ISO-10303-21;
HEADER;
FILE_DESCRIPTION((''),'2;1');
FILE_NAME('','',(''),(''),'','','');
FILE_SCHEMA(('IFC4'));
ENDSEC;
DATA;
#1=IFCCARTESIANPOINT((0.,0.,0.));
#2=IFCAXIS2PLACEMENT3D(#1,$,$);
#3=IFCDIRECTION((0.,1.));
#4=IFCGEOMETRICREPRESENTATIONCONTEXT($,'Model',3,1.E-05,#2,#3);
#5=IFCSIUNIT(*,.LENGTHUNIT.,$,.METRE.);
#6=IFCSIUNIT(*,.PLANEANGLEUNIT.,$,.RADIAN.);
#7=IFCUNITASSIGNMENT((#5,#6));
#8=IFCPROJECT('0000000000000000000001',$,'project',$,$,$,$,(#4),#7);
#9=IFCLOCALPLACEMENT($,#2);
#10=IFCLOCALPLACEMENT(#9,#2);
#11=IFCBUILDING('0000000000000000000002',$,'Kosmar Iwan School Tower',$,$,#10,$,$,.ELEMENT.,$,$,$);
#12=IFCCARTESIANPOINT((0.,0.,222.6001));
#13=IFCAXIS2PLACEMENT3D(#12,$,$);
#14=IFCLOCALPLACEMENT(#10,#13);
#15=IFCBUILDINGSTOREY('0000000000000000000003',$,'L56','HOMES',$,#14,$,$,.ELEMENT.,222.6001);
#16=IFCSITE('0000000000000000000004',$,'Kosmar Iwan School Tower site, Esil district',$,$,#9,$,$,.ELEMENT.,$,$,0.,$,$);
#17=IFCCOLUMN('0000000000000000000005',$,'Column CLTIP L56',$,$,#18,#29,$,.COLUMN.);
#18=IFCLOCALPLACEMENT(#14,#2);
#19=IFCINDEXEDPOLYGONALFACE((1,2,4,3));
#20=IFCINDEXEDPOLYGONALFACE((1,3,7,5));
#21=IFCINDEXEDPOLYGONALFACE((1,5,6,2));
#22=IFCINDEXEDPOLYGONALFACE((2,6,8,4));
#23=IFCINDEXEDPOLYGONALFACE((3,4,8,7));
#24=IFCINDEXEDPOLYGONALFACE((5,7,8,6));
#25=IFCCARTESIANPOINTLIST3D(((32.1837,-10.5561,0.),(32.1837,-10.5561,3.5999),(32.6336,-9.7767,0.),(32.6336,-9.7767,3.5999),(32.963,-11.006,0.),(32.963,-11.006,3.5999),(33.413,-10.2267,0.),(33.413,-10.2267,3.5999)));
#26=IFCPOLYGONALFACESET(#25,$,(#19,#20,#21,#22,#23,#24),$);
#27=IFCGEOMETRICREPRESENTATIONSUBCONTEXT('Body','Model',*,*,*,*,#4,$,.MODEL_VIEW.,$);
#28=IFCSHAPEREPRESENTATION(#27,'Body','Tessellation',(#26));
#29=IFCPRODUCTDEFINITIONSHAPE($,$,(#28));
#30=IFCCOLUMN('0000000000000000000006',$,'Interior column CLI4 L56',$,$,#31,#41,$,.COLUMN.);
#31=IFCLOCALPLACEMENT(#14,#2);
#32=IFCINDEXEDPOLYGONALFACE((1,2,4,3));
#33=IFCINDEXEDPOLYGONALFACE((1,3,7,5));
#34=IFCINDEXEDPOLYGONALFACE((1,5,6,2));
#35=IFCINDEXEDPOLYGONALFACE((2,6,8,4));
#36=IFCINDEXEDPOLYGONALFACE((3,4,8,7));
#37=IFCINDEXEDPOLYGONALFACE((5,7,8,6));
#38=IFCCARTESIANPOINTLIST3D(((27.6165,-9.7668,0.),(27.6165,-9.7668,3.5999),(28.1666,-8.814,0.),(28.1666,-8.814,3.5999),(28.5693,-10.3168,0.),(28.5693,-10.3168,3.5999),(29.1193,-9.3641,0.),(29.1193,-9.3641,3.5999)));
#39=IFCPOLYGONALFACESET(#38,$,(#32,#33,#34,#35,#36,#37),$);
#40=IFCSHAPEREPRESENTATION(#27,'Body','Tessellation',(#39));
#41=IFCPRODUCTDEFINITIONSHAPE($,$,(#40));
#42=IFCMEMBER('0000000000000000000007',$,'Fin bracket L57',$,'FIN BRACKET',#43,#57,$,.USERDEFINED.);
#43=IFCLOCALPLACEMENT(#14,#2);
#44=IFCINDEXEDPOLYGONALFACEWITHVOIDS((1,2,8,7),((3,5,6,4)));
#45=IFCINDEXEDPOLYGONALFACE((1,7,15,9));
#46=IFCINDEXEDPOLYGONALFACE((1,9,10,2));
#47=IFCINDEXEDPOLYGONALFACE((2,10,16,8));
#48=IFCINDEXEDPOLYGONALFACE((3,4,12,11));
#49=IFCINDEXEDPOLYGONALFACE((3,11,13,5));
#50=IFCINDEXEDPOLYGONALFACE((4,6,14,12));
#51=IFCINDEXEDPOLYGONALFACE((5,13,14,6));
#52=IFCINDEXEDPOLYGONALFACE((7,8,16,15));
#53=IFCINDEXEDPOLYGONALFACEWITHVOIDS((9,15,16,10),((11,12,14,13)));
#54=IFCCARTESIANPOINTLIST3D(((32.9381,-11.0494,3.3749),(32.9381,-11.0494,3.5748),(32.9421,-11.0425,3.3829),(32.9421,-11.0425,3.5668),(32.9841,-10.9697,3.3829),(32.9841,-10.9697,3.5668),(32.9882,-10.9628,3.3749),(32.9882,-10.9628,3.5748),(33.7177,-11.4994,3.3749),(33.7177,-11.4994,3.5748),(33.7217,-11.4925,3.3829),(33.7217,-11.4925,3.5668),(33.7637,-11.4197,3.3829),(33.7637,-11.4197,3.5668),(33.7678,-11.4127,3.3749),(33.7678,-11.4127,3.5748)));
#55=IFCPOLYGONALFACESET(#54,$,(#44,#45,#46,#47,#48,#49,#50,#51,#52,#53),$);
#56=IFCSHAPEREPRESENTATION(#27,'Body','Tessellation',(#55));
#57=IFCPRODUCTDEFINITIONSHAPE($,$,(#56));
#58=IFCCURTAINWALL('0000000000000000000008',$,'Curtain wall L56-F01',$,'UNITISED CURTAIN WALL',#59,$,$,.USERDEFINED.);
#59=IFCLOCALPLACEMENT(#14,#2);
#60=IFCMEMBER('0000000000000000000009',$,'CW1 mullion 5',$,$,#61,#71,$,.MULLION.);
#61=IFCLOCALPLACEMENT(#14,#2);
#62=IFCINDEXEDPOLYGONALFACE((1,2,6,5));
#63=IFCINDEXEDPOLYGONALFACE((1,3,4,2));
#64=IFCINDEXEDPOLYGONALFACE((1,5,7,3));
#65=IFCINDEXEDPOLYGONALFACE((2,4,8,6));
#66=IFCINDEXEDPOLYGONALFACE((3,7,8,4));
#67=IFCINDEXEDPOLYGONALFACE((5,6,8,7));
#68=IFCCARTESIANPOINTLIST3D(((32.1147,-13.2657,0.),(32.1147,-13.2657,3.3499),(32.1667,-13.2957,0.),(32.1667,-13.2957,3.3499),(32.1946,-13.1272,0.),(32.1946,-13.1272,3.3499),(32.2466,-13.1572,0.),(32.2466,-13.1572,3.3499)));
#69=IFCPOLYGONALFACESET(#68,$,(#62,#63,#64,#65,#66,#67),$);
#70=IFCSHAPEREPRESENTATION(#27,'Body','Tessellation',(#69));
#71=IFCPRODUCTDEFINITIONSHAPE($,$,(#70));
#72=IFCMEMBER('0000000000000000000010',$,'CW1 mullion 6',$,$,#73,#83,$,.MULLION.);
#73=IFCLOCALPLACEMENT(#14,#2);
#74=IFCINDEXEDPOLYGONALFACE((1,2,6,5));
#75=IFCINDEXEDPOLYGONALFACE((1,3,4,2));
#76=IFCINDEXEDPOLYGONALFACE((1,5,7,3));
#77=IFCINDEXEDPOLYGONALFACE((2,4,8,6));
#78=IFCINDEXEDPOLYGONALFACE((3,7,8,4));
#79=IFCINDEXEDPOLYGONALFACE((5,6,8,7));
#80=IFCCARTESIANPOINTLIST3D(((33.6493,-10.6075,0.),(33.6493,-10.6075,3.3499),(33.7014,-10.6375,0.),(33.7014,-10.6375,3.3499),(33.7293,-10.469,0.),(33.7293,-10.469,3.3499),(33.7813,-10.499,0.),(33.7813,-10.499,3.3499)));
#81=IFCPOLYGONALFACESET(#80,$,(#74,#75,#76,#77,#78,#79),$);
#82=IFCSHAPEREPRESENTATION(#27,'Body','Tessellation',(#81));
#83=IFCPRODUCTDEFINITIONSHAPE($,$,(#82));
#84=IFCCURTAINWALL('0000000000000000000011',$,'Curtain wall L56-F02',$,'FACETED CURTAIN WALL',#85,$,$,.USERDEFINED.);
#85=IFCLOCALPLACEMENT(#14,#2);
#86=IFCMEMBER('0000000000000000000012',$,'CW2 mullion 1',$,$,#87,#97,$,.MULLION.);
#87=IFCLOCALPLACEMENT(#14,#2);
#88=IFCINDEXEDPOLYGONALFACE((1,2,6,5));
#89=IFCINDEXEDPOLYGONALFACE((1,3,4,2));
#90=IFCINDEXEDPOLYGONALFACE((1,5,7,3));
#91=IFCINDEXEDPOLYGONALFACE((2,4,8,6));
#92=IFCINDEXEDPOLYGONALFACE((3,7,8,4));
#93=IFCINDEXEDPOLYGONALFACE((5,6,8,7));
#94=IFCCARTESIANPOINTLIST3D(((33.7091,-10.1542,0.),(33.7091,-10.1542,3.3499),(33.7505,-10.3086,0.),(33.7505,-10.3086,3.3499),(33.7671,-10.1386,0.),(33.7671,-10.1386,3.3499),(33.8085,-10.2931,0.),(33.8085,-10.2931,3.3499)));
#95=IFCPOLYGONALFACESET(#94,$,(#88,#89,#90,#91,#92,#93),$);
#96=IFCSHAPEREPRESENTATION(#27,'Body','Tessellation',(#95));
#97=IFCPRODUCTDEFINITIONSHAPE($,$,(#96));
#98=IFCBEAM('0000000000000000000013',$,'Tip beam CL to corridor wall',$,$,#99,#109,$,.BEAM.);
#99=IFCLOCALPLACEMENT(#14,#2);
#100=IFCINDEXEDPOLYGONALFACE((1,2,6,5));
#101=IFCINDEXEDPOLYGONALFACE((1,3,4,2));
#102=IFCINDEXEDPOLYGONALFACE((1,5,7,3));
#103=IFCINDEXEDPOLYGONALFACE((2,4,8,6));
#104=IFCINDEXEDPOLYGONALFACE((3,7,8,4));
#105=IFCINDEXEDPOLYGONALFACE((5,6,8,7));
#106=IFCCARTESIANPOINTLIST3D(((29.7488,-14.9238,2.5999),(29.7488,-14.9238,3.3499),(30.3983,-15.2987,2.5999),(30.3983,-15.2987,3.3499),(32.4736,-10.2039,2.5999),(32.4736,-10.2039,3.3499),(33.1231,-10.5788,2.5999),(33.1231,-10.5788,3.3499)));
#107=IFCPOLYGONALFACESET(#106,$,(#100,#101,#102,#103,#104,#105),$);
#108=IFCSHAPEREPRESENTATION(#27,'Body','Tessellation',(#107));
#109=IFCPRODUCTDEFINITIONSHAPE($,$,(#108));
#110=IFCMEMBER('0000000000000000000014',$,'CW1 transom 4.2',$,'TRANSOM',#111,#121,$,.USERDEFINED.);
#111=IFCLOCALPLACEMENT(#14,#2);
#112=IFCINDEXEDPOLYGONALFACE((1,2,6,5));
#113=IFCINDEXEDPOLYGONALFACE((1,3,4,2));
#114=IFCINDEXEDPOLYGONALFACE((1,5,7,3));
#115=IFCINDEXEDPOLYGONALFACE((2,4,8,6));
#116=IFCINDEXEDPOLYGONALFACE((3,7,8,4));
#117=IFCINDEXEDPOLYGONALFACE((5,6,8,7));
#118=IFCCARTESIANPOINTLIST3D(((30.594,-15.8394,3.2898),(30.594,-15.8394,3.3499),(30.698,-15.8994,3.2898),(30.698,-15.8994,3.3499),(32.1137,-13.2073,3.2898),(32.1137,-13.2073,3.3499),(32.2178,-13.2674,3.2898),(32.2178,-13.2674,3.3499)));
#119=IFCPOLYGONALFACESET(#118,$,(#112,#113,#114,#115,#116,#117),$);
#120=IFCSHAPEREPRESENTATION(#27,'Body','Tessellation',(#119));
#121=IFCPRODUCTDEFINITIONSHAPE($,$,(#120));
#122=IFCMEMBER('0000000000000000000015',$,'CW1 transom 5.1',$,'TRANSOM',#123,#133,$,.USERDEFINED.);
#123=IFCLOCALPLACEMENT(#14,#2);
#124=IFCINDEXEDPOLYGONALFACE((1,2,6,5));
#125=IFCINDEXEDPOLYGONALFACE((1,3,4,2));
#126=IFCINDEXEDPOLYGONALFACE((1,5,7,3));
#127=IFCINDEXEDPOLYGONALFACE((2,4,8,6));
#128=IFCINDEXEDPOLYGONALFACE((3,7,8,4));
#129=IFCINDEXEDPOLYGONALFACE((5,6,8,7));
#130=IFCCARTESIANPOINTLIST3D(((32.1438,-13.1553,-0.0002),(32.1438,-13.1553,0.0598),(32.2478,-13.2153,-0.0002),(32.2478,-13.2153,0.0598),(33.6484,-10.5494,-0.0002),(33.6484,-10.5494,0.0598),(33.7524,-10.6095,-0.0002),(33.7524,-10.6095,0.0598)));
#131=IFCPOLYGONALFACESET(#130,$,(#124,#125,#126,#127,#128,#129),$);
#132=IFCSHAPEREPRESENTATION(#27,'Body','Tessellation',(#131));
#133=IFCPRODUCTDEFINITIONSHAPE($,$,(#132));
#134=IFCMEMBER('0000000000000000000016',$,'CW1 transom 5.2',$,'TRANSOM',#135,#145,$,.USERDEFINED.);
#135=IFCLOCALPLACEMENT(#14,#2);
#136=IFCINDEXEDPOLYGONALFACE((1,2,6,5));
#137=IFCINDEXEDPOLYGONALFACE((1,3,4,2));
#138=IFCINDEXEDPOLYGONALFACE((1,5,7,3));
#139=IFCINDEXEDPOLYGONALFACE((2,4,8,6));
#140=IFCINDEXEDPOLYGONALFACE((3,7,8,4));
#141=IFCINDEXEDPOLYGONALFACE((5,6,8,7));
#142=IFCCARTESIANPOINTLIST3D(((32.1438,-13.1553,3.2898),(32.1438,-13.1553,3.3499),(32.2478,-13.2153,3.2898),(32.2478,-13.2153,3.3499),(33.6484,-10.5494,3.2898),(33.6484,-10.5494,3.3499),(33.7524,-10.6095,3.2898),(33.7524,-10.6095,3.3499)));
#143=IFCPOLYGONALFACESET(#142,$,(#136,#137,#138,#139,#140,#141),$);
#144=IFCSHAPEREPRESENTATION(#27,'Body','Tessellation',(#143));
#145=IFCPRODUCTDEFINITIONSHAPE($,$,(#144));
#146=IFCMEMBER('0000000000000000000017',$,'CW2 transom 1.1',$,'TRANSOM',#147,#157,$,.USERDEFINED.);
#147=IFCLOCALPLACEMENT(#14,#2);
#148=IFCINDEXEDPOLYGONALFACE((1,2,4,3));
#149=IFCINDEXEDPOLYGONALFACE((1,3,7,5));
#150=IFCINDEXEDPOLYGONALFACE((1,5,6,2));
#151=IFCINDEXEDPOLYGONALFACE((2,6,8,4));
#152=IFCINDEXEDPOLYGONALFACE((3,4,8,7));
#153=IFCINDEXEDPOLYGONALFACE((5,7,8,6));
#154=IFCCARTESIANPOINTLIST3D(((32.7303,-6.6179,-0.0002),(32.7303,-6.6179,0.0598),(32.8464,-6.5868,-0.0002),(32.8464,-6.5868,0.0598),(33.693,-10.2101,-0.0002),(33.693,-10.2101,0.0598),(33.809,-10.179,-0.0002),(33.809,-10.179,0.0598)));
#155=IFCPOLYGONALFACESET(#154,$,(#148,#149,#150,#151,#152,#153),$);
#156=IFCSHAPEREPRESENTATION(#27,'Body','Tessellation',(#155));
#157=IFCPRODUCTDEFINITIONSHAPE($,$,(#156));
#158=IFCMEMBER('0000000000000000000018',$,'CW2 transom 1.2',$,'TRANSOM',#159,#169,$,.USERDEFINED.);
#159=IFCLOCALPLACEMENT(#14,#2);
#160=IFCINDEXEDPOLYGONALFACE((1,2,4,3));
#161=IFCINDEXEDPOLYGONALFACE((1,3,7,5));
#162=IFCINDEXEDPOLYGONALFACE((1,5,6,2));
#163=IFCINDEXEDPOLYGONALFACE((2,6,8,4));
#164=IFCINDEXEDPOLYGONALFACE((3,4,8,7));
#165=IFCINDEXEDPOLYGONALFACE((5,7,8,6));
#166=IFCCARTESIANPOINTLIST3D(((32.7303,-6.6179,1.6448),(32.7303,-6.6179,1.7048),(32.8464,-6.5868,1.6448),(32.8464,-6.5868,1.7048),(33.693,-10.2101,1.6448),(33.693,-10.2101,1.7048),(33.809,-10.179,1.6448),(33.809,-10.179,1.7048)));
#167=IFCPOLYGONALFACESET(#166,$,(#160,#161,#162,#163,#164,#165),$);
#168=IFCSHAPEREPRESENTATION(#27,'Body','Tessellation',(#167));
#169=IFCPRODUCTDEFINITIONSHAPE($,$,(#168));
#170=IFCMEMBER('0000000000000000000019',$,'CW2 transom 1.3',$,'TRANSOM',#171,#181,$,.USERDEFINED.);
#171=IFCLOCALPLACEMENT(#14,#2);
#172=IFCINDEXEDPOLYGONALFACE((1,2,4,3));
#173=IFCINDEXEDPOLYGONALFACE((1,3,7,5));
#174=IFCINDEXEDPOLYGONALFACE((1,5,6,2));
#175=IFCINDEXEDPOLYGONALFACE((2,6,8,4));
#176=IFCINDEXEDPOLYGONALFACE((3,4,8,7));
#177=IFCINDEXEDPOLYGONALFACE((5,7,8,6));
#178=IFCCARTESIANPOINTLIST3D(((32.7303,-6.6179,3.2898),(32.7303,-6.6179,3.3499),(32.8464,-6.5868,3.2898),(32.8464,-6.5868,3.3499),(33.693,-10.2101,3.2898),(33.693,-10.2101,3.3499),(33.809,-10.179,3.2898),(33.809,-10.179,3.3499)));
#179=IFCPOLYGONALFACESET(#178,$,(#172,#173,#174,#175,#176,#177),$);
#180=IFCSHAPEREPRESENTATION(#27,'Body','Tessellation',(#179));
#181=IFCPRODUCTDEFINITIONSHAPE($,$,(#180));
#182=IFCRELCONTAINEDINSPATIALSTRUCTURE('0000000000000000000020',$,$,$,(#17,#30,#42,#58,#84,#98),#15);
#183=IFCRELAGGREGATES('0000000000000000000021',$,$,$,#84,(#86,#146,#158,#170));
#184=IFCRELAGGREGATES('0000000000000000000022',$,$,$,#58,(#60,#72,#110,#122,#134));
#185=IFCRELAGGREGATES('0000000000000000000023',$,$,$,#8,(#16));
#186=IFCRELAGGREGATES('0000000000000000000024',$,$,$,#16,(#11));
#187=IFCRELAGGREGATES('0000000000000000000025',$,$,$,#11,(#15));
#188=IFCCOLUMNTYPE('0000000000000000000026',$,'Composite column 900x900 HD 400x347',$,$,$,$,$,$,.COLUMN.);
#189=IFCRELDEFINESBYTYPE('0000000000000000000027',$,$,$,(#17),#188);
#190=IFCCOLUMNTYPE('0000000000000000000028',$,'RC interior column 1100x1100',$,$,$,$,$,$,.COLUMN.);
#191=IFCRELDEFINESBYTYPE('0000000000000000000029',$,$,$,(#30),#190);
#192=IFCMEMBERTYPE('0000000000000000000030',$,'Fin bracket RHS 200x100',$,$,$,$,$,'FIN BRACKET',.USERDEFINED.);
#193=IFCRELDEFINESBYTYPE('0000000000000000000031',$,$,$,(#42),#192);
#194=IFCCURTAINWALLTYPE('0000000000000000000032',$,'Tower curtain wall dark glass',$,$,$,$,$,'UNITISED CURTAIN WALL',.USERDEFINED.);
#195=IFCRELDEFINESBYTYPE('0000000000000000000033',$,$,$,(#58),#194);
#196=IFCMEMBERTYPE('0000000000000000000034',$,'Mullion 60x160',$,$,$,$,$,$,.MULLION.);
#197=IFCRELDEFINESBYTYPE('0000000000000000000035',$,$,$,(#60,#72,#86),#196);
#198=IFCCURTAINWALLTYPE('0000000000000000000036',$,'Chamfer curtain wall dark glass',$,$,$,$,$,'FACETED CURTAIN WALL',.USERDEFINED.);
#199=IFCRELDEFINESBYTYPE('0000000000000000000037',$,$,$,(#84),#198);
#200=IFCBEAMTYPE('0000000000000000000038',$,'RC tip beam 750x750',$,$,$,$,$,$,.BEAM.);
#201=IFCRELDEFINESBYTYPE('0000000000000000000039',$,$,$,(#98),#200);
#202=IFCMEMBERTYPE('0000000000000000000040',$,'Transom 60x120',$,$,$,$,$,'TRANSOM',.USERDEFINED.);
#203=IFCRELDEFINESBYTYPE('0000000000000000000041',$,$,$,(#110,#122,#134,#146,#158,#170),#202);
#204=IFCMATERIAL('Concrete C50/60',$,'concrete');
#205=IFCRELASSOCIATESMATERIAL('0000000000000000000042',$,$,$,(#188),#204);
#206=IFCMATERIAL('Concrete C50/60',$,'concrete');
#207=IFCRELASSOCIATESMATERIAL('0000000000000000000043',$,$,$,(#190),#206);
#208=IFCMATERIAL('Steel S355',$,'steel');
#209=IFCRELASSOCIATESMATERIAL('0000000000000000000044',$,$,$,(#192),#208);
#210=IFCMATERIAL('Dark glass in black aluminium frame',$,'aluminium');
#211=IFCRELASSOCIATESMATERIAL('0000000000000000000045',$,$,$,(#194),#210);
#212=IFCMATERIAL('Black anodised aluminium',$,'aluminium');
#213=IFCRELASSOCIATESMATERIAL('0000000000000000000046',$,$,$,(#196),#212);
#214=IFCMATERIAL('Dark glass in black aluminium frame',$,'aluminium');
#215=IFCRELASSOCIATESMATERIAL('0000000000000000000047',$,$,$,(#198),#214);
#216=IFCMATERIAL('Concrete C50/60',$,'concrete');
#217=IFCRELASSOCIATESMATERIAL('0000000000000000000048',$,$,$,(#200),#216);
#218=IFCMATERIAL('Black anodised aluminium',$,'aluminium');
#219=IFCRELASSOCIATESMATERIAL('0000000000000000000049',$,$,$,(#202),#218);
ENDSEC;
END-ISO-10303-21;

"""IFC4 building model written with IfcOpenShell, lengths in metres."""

from ifc_helpers import new_model, si_unit, direction, frame, origin, origin_2d, place, context, subcontext, project, spatial, rectangle, hollow_rectangle, extrude, material, material_profile, profile_set, type_object, element, aggregate, save


model = new_model("IFC4")

# Units and contexts
model_context = context("Model", 3, precision=1e-05, world=origin(), true_north=direction((0.0, 1.0)))
body_context = subcontext(model_context, "Body", "Model", "MODEL_VIEW")
ifc_project = project(units=[si_unit("LENGTHUNIT", "METRE"), si_unit("PLANEANGLEUNIT", "RADIAN")], contexts=[model_context])

# Site, building, storey
site_placement = place(None, origin())
site = spatial("IfcSite", under=ifc_project, at=site_placement, Name="Kosmar Iwan School Tower site, Esil district", CompositionType="ELEMENT", RefElevation=0.0)
building_placement = place(site_placement, origin())
building = spatial("IfcBuilding", under=site, at=building_placement, Name="Kosmar Iwan School Tower", CompositionType="ELEMENT")
storey_placement = place(building_placement, frame((0.0, 0.0, 222.6001)))
storey = spatial("IfcBuildingStorey", under=building, at=storey_placement, Name="L56", Description="HOMES", CompositionType="ELEMENT", Elevation=222.6001)

# Columns
ifc_material_1 = material(Name="Concrete C50/60", Category="concrete")
ifc_material_profile_1 = material_profile(ifc_material_1, rectangle(XDim=0.8999, YDim=0.8999, at=origin_2d()), Name="RC 900x900 + HD 400x347")
ifc_profile_set_1 = profile_set([ifc_material_profile_1], Name="Concrete C50/60")
column_type_1 = type_object("IfcColumnType", Name="Composite column 900x900 HD 400x347", PredefinedType="COLUMN", material=ifc_profile_set_1)
column_1_placement = place(storey_placement, frame((32.7983, -10.3914, 0.0), z_axis=(0.0, 0.0, 1.0), x_axis=(0.866025, -0.5, 0.0)))
element("IfcColumn", 1, at=column_1_placement, inside=storey, type_object=column_type_1, Name="Column CLTIP L56", PredefinedType="COLUMN", context=body_context, shape_type="SweptSolid", body=[
    extrude(rectangle(XDim=0.8999, YDim=0.8999, at=origin_2d()), origin(), (0.0, 0.0, 1.0), 3.5999),
])
ifc_material_2 = material(Name="Concrete C50/60", Category="concrete")
ifc_material_profile_2 = material_profile(ifc_material_2, rectangle(XDim=1.1001, YDim=1.1001, at=origin_2d()), Name="RC 1100x1100")
ifc_profile_set_2 = profile_set([ifc_material_profile_2], Name="Concrete C50/60")
column_type_2 = type_object("IfcColumnType", Name="RC interior column 1100x1100", PredefinedType="COLUMN", material=ifc_profile_set_2)
column_2_placement = place(storey_placement, frame((28.3679, -9.5654, 0.0), z_axis=(0.0, 0.0, 1.0), x_axis=(0.866025, -0.5, 0.0)))
element("IfcColumn", 2, at=column_2_placement, inside=storey, type_object=column_type_2, Name="Interior column CLI4 L56", PredefinedType="COLUMN", context=body_context, shape_type="SweptSolid", body=[
    extrude(rectangle(XDim=1.1001, YDim=1.1001, at=origin_2d()), origin(), (0.0, 0.0, 1.0), 3.5999),
])

# Member
ifc_material_3 = material(Name="Steel S355", Category="steel")
ifc_material_profile_3 = material_profile(ifc_material_3, hollow_rectangle(XDim=0.1001, YDim=0.2, WallThickness=0.0081, at=origin_2d()), Name="RHS 200x100x8")
ifc_profile_set_3 = profile_set([ifc_material_profile_3], Name="Steel S355")
member_type_1 = type_object("IfcMemberType", Name="Fin bracket RHS 200x100", ElementType="FIN BRACKET", PredefinedType="USERDEFINED", material=ifc_profile_set_3)
member_1_placement = place(storey_placement, frame((32.9631, -11.0061, 3.4749), z_axis=(0.866082, -0.499902, 0.0), x_axis=(0.499902, 0.866082, 0.0)))
element("IfcMember", 3, at=member_1_placement, inside=storey, type_object=member_type_1, Name="Fin bracket L57", ObjectType="FIN BRACKET", PredefinedType="USERDEFINED", context=body_context, shape_type="SweptSolid", body=[
    extrude(hollow_rectangle(XDim=0.1001, YDim=0.2, WallThickness=0.0081, at=origin_2d()), origin(), (0.0, 0.0, 1.0), 0.9001),
])

# Curtain wall, members
ifc_material_4 = material(Name="Dark glass in black aluminium frame", Category="aluminium")
curtain_wall_type_1 = type_object("IfcCurtainWallType", Name="Tower curtain wall dark glass", ElementType="UNITISED CURTAIN WALL", PredefinedType="USERDEFINED", material=ifc_material_4)
curtain_wall_1_placement = place(storey_placement, origin())
curtain_wall_1 = element("IfcCurtainWall", 4, at=curtain_wall_1_placement, inside=storey, type_object=curtain_wall_type_1, Name="Curtain wall L56-F01", ObjectType="UNITISED CURTAIN WALL", PredefinedType="USERDEFINED")
ifc_material_5 = material(Name="Black anodised aluminium", Category="aluminium")
ifc_material_profile_4 = material_profile(ifc_material_5, rectangle(XDim=0.0601, YDim=0.1599, at=origin_2d()), Name="MULLION 60x160")
ifc_profile_set_4 = profile_set([ifc_material_profile_4], Name="Black anodised aluminium")
member_type_2 = type_object("IfcMemberType", Name="Mullion 60x160", PredefinedType="MULLION", material=ifc_profile_set_4)
member_2_placement = place(storey_placement, frame((32.1807, -13.2114, 0.0), z_axis=(0.0, 0.0, 1.0), x_axis=(-0.866025, 0.5, 0.0)))
member_2 = element("IfcMember", 5, at=member_2_placement, type_object=member_type_2, Name="CW1 mullion 5", PredefinedType="MULLION", context=body_context, shape_type="SweptSolid", body=[
    extrude(rectangle(XDim=0.0601, YDim=0.1599, at=origin_2d()), origin(), (0.0, 0.0, 1.0), 3.3499),
])
member_3_placement = place(storey_placement, frame((33.7153, -10.5532, 0.0), z_axis=(0.0, 0.0, 1.0), x_axis=(-0.866025, 0.5, 0.0)))
member_3 = element("IfcMember", 6, at=member_3_placement, type_object=member_type_2, Name="CW1 mullion 6", PredefinedType="MULLION", context=body_context, shape_type="SweptSolid", body=[
    extrude(rectangle(XDim=0.0601, YDim=0.1599, at=origin_2d()), origin(), (0.0, 0.0, 1.0), 3.3499),
])

# Curtain wall, member
ifc_material_6 = material(Name="Dark glass in black aluminium frame", Category="aluminium")
curtain_wall_type_2 = type_object("IfcCurtainWallType", Name="Chamfer curtain wall dark glass", ElementType="FACETED CURTAIN WALL", PredefinedType="USERDEFINED", material=ifc_material_6)
curtain_wall_2_placement = place(storey_placement, origin())
curtain_wall_2 = element("IfcCurtainWall", 7, at=curtain_wall_2_placement, inside=storey, type_object=curtain_wall_type_2, Name="Curtain wall L56-F02", ObjectType="FACETED CURTAIN WALL", PredefinedType="USERDEFINED")
member_4_placement = place(storey_placement, frame((33.7588, -10.2236, 0.0), z_axis=(0.0, 0.0, 1.0), x_axis=(-0.965926, -0.258819, 0.0)))
member_4 = element("IfcMember", 8, at=member_4_placement, type_object=member_type_2, Name="CW2 mullion 1", PredefinedType="MULLION", context=body_context, shape_type="SweptSolid", body=[
    extrude(rectangle(XDim=0.0601, YDim=0.1599, at=origin_2d()), origin(), (0.0, 0.0, 1.0), 3.3499),
])

# Beam
ifc_material_7 = material(Name="Concrete C50/60", Category="concrete")
ifc_material_profile_5 = material_profile(ifc_material_7, rectangle(XDim=0.75, YDim=0.75, at=origin_2d()), Name="RC 750x750")
ifc_profile_set_5 = profile_set([ifc_material_profile_5], Name="Concrete C50/60")
beam_type = type_object("IfcBeamType", Name="RC tip beam 750x750", PredefinedType="BEAM", material=ifc_profile_set_5)
beam_placement = place(storey_placement, frame((32.7983, -10.3914, 2.9749), z_axis=(-0.499969, -0.866043, 0.0), x_axis=(0.866043, -0.499969, 0.0)))
element("IfcBeam", 9, at=beam_placement, inside=storey, type_object=beam_type, Name="Tip beam CL to corridor wall", PredefinedType="BEAM", context=body_context, shape_type="SweptSolid", body=[
    extrude(rectangle(XDim=0.75, YDim=0.75, at=origin_2d()), origin(), (0.0, 0.0, 1.0), 5.45),
])

# Members
ifc_material_8 = material(Name="Black anodised aluminium", Category="aluminium")
ifc_material_profile_6 = material_profile(ifc_material_8, rectangle(XDim=0.1201, YDim=0.0601, at=origin_2d()), Name="TRANSOM 60x120")
ifc_profile_set_6 = profile_set([ifc_material_profile_6], Name="Black anodised aluminium")
member_type_3 = type_object("IfcMemberType", Name="Transom 60x120", ElementType="TRANSOM", PredefinedType="USERDEFINED", material=ifc_profile_set_6)
member_5_placement = place(storey_placement, frame((30.646, -15.8694, 3.3198), z_axis=(0.500035, 0.866005, 0.0), x_axis=(-0.866005, 0.500035, 0.0)))
member_5 = element("IfcMember", 10, at=member_5_placement, type_object=member_type_3, Name="CW1 transom 4.2", ObjectType="TRANSOM", PredefinedType="USERDEFINED", context=body_context, shape_type="SweptSolid", body=[
    extrude(rectangle(XDim=0.1201, YDim=0.0601, at=origin_2d()), origin(), (0.0, 0.0, 1.0), 3.0393),
])
member_6_placement = place(storey_placement, frame((32.1958, -13.1853, 0.0298), z_axis=(0.500022, 0.866013, 0.0), x_axis=(-0.866013, 0.500022, 0.0)))
member_6 = element("IfcMember", 11, at=member_6_placement, type_object=member_type_3, Name="CW1 transom 5.1", ObjectType="TRANSOM", PredefinedType="USERDEFINED", context=body_context, shape_type="SweptSolid", body=[
    extrude(rectangle(XDim=0.1201, YDim=0.0601, at=origin_2d()), origin(), (0.0, 0.0, 1.0), 3.009),
])
member_7_placement = place(storey_placement, frame((32.1958, -13.1853, 3.3198), z_axis=(0.500022, 0.866013, 0.0), x_axis=(-0.866013, 0.500022, 0.0)))
member_7 = element("IfcMember", 12, at=member_7_placement, type_object=member_type_3, Name="CW1 transom 5.2", ObjectType="TRANSOM", PredefinedType="USERDEFINED", context=body_context, shape_type="SweptSolid", body=[
    extrude(rectangle(XDim=0.1201, YDim=0.0601, at=origin_2d()), origin(), (0.0, 0.0, 1.0), 3.009),
])
member_8_placement = place(storey_placement, frame((33.751, -10.1946, 0.0298), z_axis=(-0.258843, 0.965919, 0.0), x_axis=(-0.965919, -0.258843, 0.0)))
member_8 = element("IfcMember", 13, at=member_8_placement, type_object=member_type_3, Name="CW2 transom 1.1", ObjectType="TRANSOM", PredefinedType="USERDEFINED", context=body_context, shape_type="SweptSolid", body=[
    extrude(rectangle(XDim=0.1201, YDim=0.0601, at=origin_2d()), origin(), (0.0, 0.0, 1.0), 3.719),
])
member_9_placement = place(storey_placement, frame((33.751, -10.1946, 1.6748), z_axis=(-0.258843, 0.965919, 0.0), x_axis=(-0.965919, -0.258843, 0.0)))
member_9 = element("IfcMember", 14, at=member_9_placement, type_object=member_type_3, Name="CW2 transom 1.2", ObjectType="TRANSOM", PredefinedType="USERDEFINED", context=body_context, shape_type="SweptSolid", body=[
    extrude(rectangle(XDim=0.1201, YDim=0.0601, at=origin_2d()), origin(), (0.0, 0.0, 1.0), 3.719),
])
member_10_placement = place(storey_placement, frame((33.751, -10.1946, 3.3198), z_axis=(-0.258843, 0.965919, 0.0), x_axis=(-0.965919, -0.258843, 0.0)))
member_10 = element("IfcMember", 15, at=member_10_placement, type_object=member_type_3, Name="CW2 transom 1.3", ObjectType="TRANSOM", PredefinedType="USERDEFINED", context=body_context, shape_type="SweptSolid", body=[
    extrude(rectangle(XDim=0.1201, YDim=0.0601, at=origin_2d()), origin(), (0.0, 0.0, 1.0), 3.719),
])
aggregate(curtain_wall_2, [member_4, member_8, member_9, member_10])

aggregate(curtain_wall_1, [member_2, member_3, member_5, member_6, member_7])

save(model, "model.ifc")
